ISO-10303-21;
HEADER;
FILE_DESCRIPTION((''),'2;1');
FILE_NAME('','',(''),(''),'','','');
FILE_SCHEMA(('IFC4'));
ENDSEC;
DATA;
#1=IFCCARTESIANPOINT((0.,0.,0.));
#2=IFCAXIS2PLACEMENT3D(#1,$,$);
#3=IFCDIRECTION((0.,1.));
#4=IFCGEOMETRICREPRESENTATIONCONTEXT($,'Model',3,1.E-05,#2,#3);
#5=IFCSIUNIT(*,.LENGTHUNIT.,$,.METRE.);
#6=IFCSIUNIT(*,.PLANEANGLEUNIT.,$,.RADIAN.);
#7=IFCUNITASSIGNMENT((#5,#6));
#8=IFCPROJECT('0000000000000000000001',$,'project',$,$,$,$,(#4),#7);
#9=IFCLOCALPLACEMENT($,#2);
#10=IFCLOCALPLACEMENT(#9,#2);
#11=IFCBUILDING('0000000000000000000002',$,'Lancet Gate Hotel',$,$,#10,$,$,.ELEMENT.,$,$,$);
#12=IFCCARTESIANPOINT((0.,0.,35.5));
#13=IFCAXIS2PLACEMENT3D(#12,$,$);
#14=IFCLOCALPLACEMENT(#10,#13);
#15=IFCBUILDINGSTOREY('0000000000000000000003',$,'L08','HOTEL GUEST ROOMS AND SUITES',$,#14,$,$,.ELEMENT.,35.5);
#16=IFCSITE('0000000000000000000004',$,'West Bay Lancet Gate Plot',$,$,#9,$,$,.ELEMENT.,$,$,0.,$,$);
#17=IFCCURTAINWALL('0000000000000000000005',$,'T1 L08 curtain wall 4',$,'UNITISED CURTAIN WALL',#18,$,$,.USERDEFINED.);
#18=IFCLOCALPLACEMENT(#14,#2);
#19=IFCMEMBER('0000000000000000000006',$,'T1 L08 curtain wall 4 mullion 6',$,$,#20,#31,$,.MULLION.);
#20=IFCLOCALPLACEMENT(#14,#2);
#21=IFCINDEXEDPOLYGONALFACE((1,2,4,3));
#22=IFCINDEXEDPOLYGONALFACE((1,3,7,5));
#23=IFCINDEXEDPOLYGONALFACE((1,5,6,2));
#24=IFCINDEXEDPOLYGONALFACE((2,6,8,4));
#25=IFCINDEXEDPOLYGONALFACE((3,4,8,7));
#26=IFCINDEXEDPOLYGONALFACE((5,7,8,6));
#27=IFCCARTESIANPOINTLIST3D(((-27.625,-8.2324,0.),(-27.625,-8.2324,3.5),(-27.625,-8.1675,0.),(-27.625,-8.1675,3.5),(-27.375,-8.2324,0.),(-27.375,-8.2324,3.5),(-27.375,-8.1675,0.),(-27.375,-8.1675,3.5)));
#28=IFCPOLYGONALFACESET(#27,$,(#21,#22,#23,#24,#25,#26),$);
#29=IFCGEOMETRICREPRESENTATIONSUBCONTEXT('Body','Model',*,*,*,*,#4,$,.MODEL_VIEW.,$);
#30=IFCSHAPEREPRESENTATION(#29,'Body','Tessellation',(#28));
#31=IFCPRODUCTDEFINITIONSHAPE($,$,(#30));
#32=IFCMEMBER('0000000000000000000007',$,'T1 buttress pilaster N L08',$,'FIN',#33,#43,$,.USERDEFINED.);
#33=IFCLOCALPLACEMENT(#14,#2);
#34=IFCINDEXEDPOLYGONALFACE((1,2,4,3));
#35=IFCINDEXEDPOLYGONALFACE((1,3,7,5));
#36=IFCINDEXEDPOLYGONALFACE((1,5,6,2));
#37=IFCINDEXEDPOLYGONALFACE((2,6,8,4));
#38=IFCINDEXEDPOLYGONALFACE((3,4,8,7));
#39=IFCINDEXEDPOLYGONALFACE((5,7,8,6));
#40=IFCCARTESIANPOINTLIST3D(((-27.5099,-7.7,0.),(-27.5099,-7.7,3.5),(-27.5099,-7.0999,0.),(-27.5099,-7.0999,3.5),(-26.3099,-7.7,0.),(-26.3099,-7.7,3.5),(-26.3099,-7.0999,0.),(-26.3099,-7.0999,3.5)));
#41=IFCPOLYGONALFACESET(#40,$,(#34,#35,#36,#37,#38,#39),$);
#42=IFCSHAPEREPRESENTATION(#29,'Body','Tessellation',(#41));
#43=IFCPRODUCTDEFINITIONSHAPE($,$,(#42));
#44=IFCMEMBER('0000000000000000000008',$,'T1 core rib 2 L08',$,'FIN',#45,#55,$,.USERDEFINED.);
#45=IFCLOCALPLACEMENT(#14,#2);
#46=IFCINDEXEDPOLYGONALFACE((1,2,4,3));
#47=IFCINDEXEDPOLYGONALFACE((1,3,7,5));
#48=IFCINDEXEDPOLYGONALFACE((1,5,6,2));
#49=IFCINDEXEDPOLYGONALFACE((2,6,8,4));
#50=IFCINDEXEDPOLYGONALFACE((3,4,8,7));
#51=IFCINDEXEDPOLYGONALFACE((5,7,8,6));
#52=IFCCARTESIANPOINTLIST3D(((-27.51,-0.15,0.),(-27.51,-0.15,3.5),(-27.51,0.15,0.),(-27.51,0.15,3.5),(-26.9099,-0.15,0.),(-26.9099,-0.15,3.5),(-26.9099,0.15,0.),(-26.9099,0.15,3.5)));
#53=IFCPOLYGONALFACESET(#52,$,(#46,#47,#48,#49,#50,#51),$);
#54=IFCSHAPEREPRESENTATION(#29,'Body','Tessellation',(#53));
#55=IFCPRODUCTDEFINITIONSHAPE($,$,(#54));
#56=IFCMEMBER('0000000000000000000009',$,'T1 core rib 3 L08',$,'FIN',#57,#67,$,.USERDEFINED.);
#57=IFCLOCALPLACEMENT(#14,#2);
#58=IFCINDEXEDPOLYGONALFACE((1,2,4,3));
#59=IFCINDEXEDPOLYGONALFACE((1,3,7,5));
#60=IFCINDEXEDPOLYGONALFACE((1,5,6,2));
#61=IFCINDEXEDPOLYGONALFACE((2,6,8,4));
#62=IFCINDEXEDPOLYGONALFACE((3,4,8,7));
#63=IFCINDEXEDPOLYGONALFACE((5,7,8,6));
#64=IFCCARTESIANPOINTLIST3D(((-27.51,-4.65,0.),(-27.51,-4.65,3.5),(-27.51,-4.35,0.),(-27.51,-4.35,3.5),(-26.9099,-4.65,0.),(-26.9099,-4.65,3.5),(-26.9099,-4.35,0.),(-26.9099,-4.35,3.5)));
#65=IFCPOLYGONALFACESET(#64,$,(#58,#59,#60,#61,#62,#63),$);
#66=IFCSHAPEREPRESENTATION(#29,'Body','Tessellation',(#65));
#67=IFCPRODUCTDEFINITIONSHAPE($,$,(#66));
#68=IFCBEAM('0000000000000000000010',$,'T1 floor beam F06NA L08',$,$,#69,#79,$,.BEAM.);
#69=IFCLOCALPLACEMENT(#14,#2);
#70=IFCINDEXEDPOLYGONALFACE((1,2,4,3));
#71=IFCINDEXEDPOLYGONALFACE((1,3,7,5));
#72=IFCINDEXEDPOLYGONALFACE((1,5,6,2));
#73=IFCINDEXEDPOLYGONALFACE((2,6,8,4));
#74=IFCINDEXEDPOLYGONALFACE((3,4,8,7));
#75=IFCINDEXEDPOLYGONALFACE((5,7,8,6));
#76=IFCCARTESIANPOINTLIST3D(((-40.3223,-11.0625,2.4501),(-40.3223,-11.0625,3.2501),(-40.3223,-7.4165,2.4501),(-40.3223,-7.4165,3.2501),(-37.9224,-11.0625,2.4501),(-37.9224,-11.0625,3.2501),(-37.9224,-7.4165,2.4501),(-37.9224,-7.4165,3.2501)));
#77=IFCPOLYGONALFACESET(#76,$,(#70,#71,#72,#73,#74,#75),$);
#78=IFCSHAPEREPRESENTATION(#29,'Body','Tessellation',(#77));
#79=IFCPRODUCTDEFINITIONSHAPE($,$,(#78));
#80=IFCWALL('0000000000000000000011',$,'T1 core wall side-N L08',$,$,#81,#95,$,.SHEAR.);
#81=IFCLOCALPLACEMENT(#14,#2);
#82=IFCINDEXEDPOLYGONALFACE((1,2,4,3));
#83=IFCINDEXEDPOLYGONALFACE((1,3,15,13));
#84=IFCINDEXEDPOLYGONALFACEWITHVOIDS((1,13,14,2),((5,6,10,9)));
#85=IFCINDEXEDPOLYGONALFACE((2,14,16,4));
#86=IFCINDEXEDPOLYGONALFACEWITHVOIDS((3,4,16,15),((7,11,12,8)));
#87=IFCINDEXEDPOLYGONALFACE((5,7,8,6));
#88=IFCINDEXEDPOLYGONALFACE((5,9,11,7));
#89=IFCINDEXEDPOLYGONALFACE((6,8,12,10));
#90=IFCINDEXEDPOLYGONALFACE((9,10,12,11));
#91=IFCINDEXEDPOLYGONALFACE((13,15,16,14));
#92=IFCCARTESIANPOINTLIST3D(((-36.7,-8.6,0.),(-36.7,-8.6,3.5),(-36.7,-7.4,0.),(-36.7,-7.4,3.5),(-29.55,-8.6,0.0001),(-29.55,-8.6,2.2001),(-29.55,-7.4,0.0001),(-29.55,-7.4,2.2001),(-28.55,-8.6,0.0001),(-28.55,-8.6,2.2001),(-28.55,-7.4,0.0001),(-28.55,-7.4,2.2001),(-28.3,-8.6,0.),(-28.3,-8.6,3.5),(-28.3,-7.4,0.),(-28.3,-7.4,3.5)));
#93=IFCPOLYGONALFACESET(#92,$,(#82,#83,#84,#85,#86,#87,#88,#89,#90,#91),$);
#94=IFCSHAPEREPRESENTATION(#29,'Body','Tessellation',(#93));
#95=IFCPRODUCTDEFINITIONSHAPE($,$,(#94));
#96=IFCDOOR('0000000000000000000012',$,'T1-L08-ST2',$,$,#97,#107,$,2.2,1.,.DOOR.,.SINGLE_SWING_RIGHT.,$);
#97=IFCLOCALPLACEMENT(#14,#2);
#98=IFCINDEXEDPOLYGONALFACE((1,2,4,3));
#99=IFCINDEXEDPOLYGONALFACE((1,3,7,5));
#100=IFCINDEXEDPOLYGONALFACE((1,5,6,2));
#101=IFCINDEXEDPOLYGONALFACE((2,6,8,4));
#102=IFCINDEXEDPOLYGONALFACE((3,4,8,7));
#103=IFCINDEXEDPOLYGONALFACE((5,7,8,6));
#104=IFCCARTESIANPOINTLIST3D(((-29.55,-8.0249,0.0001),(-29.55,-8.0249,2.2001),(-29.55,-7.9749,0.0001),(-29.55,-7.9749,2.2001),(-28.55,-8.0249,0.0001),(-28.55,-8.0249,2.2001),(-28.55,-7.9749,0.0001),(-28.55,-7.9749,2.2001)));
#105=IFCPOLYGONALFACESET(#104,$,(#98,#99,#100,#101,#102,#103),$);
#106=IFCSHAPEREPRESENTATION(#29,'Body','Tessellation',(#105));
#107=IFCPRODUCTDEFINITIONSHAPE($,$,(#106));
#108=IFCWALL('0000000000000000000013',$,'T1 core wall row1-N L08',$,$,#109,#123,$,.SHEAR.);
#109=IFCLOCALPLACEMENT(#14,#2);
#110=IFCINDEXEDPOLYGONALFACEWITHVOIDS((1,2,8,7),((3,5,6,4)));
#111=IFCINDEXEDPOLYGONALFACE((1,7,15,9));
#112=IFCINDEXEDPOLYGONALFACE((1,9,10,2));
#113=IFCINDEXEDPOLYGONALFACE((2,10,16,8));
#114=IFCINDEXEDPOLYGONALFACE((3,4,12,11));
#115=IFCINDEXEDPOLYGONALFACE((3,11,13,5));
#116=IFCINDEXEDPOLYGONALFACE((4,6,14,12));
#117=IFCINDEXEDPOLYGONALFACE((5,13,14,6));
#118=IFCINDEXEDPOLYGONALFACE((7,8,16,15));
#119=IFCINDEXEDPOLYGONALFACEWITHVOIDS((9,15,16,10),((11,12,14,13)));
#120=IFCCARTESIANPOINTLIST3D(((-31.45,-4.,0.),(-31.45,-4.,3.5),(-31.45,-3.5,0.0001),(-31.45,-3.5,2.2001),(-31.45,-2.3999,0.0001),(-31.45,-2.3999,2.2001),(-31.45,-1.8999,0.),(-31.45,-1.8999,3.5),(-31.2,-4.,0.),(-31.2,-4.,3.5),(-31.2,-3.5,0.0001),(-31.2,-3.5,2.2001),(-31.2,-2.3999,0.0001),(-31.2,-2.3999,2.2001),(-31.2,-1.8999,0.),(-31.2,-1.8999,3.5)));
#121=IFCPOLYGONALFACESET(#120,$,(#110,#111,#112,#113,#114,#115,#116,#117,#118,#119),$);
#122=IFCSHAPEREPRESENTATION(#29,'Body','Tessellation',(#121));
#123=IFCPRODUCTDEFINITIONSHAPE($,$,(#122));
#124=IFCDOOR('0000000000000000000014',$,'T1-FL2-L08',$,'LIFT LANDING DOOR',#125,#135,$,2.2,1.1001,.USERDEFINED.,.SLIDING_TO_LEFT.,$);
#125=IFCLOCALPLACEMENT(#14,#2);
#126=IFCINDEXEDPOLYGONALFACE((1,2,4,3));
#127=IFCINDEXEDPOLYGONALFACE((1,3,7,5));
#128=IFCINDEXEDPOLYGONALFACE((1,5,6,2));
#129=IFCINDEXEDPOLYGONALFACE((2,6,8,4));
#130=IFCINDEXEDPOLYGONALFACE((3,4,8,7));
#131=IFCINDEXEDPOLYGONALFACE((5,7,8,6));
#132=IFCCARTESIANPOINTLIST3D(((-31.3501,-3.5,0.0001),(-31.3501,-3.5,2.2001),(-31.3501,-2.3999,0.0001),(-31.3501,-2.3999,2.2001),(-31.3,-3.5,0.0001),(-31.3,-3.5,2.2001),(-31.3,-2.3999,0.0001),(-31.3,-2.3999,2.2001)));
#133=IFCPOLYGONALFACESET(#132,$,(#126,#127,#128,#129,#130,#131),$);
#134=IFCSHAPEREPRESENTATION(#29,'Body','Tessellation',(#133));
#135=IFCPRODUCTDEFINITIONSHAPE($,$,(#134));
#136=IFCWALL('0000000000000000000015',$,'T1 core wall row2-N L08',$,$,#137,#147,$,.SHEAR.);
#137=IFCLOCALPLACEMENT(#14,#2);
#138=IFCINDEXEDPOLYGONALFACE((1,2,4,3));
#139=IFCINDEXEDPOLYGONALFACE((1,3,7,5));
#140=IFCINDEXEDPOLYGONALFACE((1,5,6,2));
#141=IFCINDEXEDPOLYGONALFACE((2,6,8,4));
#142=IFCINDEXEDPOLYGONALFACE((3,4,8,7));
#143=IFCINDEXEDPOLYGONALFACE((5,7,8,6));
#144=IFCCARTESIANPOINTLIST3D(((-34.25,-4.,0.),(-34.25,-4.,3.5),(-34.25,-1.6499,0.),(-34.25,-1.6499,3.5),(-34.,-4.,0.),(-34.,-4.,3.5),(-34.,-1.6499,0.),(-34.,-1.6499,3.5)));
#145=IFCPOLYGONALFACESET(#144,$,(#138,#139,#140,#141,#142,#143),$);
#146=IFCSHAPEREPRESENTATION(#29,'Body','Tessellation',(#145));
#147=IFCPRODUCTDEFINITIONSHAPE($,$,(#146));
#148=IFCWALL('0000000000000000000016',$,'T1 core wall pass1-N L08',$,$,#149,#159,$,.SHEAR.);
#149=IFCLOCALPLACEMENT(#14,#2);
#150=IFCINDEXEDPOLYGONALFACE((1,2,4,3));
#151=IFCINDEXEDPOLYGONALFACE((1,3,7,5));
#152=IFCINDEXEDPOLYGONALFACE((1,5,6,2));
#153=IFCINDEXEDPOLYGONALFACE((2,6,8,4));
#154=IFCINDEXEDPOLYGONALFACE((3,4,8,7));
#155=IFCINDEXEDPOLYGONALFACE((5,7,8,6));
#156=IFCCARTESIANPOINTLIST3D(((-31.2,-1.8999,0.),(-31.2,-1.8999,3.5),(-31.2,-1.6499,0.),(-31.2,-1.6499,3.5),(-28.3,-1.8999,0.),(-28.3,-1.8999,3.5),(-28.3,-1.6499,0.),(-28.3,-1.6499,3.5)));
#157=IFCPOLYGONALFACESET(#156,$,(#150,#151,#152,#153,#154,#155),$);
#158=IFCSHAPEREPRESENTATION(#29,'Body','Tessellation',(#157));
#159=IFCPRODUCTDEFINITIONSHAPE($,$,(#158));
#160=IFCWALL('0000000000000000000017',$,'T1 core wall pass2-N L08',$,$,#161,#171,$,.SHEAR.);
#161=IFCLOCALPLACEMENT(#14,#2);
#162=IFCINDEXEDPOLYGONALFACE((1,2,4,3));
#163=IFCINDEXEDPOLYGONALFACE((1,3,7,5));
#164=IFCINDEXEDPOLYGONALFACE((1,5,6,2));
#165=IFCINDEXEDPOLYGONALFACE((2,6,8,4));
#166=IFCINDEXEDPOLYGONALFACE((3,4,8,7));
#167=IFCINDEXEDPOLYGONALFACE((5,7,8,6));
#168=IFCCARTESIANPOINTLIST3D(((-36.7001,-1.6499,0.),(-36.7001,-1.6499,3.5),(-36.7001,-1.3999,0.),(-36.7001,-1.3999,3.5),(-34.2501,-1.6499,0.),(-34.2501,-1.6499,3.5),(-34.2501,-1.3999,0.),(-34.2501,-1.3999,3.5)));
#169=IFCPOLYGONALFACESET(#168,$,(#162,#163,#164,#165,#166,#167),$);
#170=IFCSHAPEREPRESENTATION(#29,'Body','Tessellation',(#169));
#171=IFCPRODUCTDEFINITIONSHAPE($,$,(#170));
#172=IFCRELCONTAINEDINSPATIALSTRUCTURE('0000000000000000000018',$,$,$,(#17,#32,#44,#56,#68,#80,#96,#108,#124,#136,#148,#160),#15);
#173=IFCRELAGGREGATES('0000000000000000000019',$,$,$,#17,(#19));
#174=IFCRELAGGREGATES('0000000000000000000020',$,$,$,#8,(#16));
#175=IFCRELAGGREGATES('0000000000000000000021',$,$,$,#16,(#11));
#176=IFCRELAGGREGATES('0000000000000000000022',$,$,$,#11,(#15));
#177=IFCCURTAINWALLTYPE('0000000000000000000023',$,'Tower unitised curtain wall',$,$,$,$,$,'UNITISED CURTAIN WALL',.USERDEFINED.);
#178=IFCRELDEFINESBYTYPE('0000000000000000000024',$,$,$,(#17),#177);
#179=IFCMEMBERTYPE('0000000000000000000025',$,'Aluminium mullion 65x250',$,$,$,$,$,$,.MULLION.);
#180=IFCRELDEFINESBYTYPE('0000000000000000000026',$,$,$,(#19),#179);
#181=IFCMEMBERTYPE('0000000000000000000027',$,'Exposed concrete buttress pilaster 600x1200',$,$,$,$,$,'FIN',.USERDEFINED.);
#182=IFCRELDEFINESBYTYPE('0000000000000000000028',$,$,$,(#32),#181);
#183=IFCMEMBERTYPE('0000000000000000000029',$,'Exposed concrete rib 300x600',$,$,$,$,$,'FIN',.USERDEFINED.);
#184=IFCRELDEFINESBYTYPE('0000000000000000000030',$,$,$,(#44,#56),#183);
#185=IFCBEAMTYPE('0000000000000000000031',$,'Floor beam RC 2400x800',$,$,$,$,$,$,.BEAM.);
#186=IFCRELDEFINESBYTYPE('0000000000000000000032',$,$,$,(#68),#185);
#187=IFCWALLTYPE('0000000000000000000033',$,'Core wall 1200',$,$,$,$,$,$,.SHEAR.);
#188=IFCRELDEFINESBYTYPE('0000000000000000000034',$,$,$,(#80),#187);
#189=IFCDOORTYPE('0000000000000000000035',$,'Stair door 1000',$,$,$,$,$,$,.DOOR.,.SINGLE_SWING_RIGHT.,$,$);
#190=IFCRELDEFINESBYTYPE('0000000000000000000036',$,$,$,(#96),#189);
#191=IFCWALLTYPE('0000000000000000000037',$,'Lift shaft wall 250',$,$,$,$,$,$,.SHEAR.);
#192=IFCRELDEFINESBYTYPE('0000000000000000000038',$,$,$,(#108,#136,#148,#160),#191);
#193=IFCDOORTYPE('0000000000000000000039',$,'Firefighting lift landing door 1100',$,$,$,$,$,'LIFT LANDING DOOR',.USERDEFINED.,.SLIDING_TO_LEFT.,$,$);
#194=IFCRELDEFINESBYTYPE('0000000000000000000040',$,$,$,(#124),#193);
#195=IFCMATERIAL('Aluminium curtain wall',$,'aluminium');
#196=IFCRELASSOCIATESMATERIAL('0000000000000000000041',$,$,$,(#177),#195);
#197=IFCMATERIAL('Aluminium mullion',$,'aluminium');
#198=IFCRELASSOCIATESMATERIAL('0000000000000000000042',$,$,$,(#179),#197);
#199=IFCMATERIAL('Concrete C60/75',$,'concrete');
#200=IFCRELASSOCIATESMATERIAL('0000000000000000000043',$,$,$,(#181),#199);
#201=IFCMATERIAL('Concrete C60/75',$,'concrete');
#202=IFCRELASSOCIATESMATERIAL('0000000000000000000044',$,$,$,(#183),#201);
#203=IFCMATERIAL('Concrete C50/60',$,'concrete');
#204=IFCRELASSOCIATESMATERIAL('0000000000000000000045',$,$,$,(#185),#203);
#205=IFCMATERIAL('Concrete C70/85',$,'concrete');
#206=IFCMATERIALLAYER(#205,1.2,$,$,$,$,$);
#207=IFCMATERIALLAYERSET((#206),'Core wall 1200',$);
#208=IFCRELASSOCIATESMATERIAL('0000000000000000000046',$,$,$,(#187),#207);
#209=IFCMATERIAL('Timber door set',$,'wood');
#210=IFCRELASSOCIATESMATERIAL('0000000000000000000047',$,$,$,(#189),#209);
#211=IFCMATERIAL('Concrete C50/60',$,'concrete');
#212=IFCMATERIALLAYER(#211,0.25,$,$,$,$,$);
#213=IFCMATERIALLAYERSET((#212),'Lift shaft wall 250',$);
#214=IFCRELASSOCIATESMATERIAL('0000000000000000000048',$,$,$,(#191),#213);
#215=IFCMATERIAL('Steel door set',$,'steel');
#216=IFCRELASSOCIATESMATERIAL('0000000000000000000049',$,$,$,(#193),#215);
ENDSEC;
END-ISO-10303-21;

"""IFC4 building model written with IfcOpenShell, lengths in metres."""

from ifc_helpers import new_model, si_unit, direction, frame, frame_2d, origin, origin_2d, place, context, subcontext, project, spatial, rectangle, extrude, material, layer, layer_set, material_profile, profile_set, type_object, element, fill, aggregate, save


model = new_model("IFC4")

# Units and contexts
model_context = context("Model", 3, precision=1e-05, world=origin(), true_north=direction((0.0, 1.0)))
body_context = subcontext(model_context, "Body", "Model", "MODEL_VIEW")
ifc_project = project(units=[si_unit("LENGTHUNIT", "METRE"), si_unit("PLANEANGLEUNIT", "RADIAN")], contexts=[model_context])

# Site, building, storey
site_placement = place(None, origin())
site = spatial("IfcSite", under=ifc_project, at=site_placement, Name="West Bay Lancet Gate Plot", CompositionType="ELEMENT", RefElevation=0.0)
building_placement = place(site_placement, origin())
building = spatial("IfcBuilding", under=site, at=building_placement, Name="Lancet Gate Hotel", CompositionType="ELEMENT")
storey_placement = place(building_placement, frame((0.0, 0.0, 35.5)))
storey = spatial("IfcBuildingStorey", under=building, at=storey_placement, Name="L08", Description="HOTEL GUEST ROOMS AND SUITES", CompositionType="ELEMENT", Elevation=35.5)

# Curtain wall, member
ifc_material_1 = material(Name="Aluminium curtain wall", Category="aluminium")
curtain_wall_type = type_object("IfcCurtainWallType", Name="Tower unitised curtain wall", ElementType="UNITISED CURTAIN WALL", PredefinedType="USERDEFINED", material=ifc_material_1)
curtain_wall_placement = place(storey_placement, origin())
curtain_wall = element("IfcCurtainWall", 1, at=curtain_wall_placement, inside=storey, type_object=curtain_wall_type, Name="T1 L08 curtain wall 4", ObjectType="UNITISED CURTAIN WALL", PredefinedType="USERDEFINED")
ifc_material_2 = material(Name="Aluminium mullion", Category="aluminium")
ifc_material_profile_1 = material_profile(ifc_material_2, rectangle(XDim=0.0649, YDim=0.25, at=origin_2d()), Name="MULLION 65x250")
ifc_profile_set_1 = profile_set([ifc_material_profile_1], Name="Aluminium mullion")
member_type_1 = type_object("IfcMemberType", Name="Aluminium mullion 65x250", PredefinedType="MULLION", material=ifc_profile_set_1)
member_1_placement = place(storey_placement, frame((-27.5, -8.2, 0.0), z_axis=(0.0, 0.0, 1.0), x_axis=(0.0, 1.0, 0.0)))
member_1 = element("IfcMember", 2, at=member_1_placement, type_object=member_type_1, Name="T1 L08 curtain wall 4 mullion 6", PredefinedType="MULLION", context=body_context, shape_type="SweptSolid", body=[
    extrude(rectangle(XDim=0.0649, YDim=0.25, at=origin_2d()), origin(), (0.0, 0.0, 1.0), 3.5),
])
aggregate(curtain_wall, [member_1])

# Members
ifc_material_3 = material(Name="Concrete C60/75", Category="concrete")
ifc_material_profile_2 = material_profile(ifc_material_3, rectangle(XDim=0.6001, YDim=1.2, at=origin_2d()), Name="FIN 600x1200")
ifc_profile_set_2 = profile_set([ifc_material_profile_2], Name="Concrete C60/75")
member_type_2 = type_object("IfcMemberType", Name="Exposed concrete buttress pilaster 600x1200", ElementType="FIN", PredefinedType="USERDEFINED", material=ifc_profile_set_2)
member_2_placement = place(storey_placement, frame((-26.9099, -7.3999, 0.0), z_axis=(0.0, 0.0, 1.0), x_axis=(0.0, 1.0, 0.0)))
element("IfcMember", 3, at=member_2_placement, inside=storey, type_object=member_type_2, Name="T1 buttress pilaster N L08", ObjectType="FIN", PredefinedType="USERDEFINED", context=body_context, shape_type="SweptSolid", body=[
    extrude(rectangle(XDim=0.6001, YDim=1.2, at=origin_2d()), origin(), (0.0, 0.0, 1.0), 3.5),
])
ifc_material_4 = material(Name="Concrete C60/75", Category="concrete")
ifc_material_profile_3 = material_profile(ifc_material_4, rectangle(XDim=0.3, YDim=0.6001, at=origin_2d()), Name="FIN 300x600")
ifc_profile_set_3 = profile_set([ifc_material_profile_3], Name="Concrete C60/75")
member_type_3 = type_object("IfcMemberType", Name="Exposed concrete rib 300x600", ElementType="FIN", PredefinedType="USERDEFINED", material=ifc_profile_set_3)
for number, where, z_axis, x_axis, name in (
    (4, (-27.21, 0.0, 0.0), (0.0, 0.0, 1.0), (0.0, 1.0, 0.0), "T1 core rib 2 L08"),
    (5, (-27.21, -4.5, 0.0), (0.0, 0.0, 1.0), (0.0, 1.0, 0.0), "T1 core rib 3 L08"),
):
    element("IfcMember", number, at=place(storey_placement, frame(where, z_axis=z_axis, x_axis=x_axis)), inside=storey, type_object=member_type_3, Name=name, ObjectType="FIN", PredefinedType="USERDEFINED", context=body_context, shape_type="SweptSolid", body=[
        extrude(rectangle(XDim=0.3, YDim=0.6001, at=origin_2d()), origin(), (0.0, 0.0, 1.0), 3.5),
    ])

# Beam
ifc_material_5 = material(Name="Concrete C50/60", Category="concrete")
ifc_material_profile_4 = material_profile(ifc_material_5, rectangle(XDim=2.3999, YDim=0.8, at=origin_2d()), Name="RC 2400x800")
ifc_profile_set_4 = profile_set([ifc_material_profile_4], Name="Concrete C50/60")
beam_type = type_object("IfcBeamType", Name="Floor beam RC 2400x800", PredefinedType="BEAM", material=ifc_profile_set_4)
beam_placement = place(storey_placement, frame((-39.1223, -7.4165, 2.8501), z_axis=(0.0, -1.0, 0.0), x_axis=(1.0, 0.0, 0.0)))
element("IfcBeam", 6, at=beam_placement, inside=storey, type_object=beam_type, Name="T1 floor beam F06NA L08", PredefinedType="BEAM", context=body_context, shape_type="SweptSolid", body=[
    extrude(rectangle(XDim=2.3999, YDim=0.8, at=origin_2d()), origin(), (0.0, 0.0, 1.0), 3.646),
])

# Walls, openings, doors
ifc_material_6 = material(Name="Concrete C70/85", Category="concrete")
ifc_layer_1 = layer(ifc_material_6, 1.2)
ifc_layer_set_1 = layer_set([ifc_layer_1], Name="Core wall 1200")
wall_type_1 = type_object("IfcWallType", Name="Core wall 1200", PredefinedType="SHEAR", material=ifc_layer_set_1)
wall_1_placement = place(storey_placement, frame((-28.3, -8.0, 0.0), z_axis=(0.0, 0.0, 1.0), x_axis=(-1.0, 0.0, 0.0)))
wall_1 = element("IfcWall", 7, at=wall_1_placement, inside=storey, type_object=wall_type_1, Name="T1 core wall side-N L08", PredefinedType="SHEAR", context=body_context, shape_type="SweptSolid", body=[
    extrude(rectangle(XDim=8.3999, YDim=1.2, at=frame_2d((4.2, 0.0))), origin(), (0.0, 0.0, 1.0), 3.5),
])
opening_1_placement = place(wall_1_placement, frame((0.25, 0.0, 0.0)))
opening_1 = element("IfcOpeningElement", 8, at=opening_1_placement, cuts=wall_1, PredefinedType="OPENING", context=body_context, shape_type="SweptSolid", body=[
    extrude(rectangle(XDim=1.0, YDim=2.2, at=frame_2d((0.5, 1.1001))), frame((0.0, 0.6099, 0.0), z_axis=(0.0, -1.0, 0.0), x_axis=(1.0, 0.0, 0.0)), (0.0, 0.0, 1.0), 1.22),
])
ifc_material_7 = material(Name="Timber door set", Category="wood")
door_type_1 = type_object("IfcDoorType", Name="Stair door 1000", OperationType="SINGLE_SWING_RIGHT", PredefinedType="DOOR", material=ifc_material_7)
door_1_placement = place(opening_1_placement, origin())
door_1 = element("IfcDoor", 9, at=door_1_placement, inside=storey, type_object=door_type_1, Name="T1-L08-ST2", OperationType="SINGLE_SWING_RIGHT", OverallHeight=2.2, OverallWidth=1.0, PredefinedType="DOOR", context=body_context, shape_type="SweptSolid", body=[
    extrude(rectangle(XDim=1.0, YDim=2.2, at=frame_2d((0.5, 1.1001))), frame((0.0, 0.0249, 0.0), z_axis=(0.0, -1.0, 0.0), x_axis=(1.0, 0.0, 0.0)), (0.0, 0.0, 1.0), 0.05),
])
fill(opening_1, door_1)
ifc_material_8 = material(Name="Concrete C50/60", Category="concrete")
ifc_layer_2 = layer(ifc_material_8, 0.25)
ifc_layer_set_2 = layer_set([ifc_layer_2], Name="Lift shaft wall 250")
wall_type_2 = type_object("IfcWallType", Name="Lift shaft wall 250", PredefinedType="SHEAR", material=ifc_layer_set_2)
wall_2_placement = place(storey_placement, frame((-31.325, -1.8999, 0.0), z_axis=(0.0, 0.0, 1.0), x_axis=(0.0, -1.0, 0.0)))
wall_2 = element("IfcWall", 10, at=wall_2_placement, inside=storey, type_object=wall_type_2, Name="T1 core wall row1-N L08", PredefinedType="SHEAR", context=body_context, shape_type="SweptSolid", body=[
    extrude(rectangle(XDim=2.1001, YDim=0.25, at=frame_2d((1.05, 0.0))), origin(), (0.0, 0.0, 1.0), 3.5),
])
opening_2_placement = place(wall_2_placement, frame((0.5, 0.0, 0.0)))
opening_2 = element("IfcOpeningElement", 11, at=opening_2_placement, cuts=wall_2, PredefinedType="OPENING", context=body_context, shape_type="SweptSolid", body=[
    extrude(rectangle(XDim=1.1001, YDim=2.2, at=frame_2d((0.55, 1.1001))), frame((0.0, 0.135, 0.0), z_axis=(0.0, -1.0, 0.0), x_axis=(1.0, 0.0, 0.0)), (0.0, 0.0, 1.0), 0.27),
])
ifc_material_9 = material(Name="Steel door set", Category="steel")
door_type_2 = type_object("IfcDoorType", Name="Firefighting lift landing door 1100", ElementType="LIFT LANDING DOOR", OperationType="SLIDING_TO_LEFT", PredefinedType="USERDEFINED", material=ifc_material_9)
door_2_placement = place(opening_2_placement, origin())
door_2 = element("IfcDoor", 12, at=door_2_placement, inside=storey, type_object=door_type_2, Name="T1-FL2-L08", ObjectType="LIFT LANDING DOOR", OperationType="SLIDING_TO_LEFT", OverallHeight=2.2, OverallWidth=1.1001, PredefinedType="USERDEFINED", context=body_context, shape_type="SweptSolid", body=[
    extrude(rectangle(XDim=1.1001, YDim=2.2, at=frame_2d((0.55, 1.1001))), frame((0.0, 0.0249, 0.0), z_axis=(0.0, -1.0, 0.0), x_axis=(1.0, 0.0, 0.0)), (0.0, 0.0, 1.0), 0.05),
])
fill(opening_2, door_2)

# Walls
wall_3_placement = place(storey_placement, frame((-34.125, -1.6499, 0.0), z_axis=(0.0, 0.0, 1.0), x_axis=(0.0, -1.0, 0.0)))
element("IfcWall", 13, at=wall_3_placement, inside=storey, type_object=wall_type_2, Name="T1 core wall row2-N L08", PredefinedType="SHEAR", context=body_context, shape_type="SweptSolid", body=[
    extrude(rectangle(XDim=2.3501, YDim=0.25, at=frame_2d((1.175, 0.0))), origin(), (0.0, 0.0, 1.0), 3.5),
])
wall_4_placement = place(storey_placement, frame((-28.3, -1.7749, 0.0), z_axis=(0.0, 0.0, 1.0), x_axis=(-1.0, 0.0, 0.0)))
element("IfcWall", 14, at=wall_4_placement, inside=storey, type_object=wall_type_2, Name="T1 core wall pass1-N L08", PredefinedType="SHEAR", context=body_context, shape_type="SweptSolid", body=[
    extrude(rectangle(XDim=2.8999, YDim=0.25, at=frame_2d((1.45, 0.0))), origin(), (0.0, 0.0, 1.0), 3.5),
])
wall_5_placement = place(storey_placement, frame((-34.25, -1.5249, 0.0), z_axis=(0.0, 0.0, 1.0), x_axis=(-1.0, 0.0, 0.0)))
element("IfcWall", 15, at=wall_5_placement, inside=storey, type_object=wall_type_2, Name="T1 core wall pass2-N L08", PredefinedType="SHEAR", context=body_context, shape_type="SweptSolid", body=[
    extrude(rectangle(XDim=2.45, YDim=0.25, at=frame_2d((1.2251, 0.0))), origin(), (0.0, 0.0, 1.0), 3.5),
])

save(model, "model.ifc")
